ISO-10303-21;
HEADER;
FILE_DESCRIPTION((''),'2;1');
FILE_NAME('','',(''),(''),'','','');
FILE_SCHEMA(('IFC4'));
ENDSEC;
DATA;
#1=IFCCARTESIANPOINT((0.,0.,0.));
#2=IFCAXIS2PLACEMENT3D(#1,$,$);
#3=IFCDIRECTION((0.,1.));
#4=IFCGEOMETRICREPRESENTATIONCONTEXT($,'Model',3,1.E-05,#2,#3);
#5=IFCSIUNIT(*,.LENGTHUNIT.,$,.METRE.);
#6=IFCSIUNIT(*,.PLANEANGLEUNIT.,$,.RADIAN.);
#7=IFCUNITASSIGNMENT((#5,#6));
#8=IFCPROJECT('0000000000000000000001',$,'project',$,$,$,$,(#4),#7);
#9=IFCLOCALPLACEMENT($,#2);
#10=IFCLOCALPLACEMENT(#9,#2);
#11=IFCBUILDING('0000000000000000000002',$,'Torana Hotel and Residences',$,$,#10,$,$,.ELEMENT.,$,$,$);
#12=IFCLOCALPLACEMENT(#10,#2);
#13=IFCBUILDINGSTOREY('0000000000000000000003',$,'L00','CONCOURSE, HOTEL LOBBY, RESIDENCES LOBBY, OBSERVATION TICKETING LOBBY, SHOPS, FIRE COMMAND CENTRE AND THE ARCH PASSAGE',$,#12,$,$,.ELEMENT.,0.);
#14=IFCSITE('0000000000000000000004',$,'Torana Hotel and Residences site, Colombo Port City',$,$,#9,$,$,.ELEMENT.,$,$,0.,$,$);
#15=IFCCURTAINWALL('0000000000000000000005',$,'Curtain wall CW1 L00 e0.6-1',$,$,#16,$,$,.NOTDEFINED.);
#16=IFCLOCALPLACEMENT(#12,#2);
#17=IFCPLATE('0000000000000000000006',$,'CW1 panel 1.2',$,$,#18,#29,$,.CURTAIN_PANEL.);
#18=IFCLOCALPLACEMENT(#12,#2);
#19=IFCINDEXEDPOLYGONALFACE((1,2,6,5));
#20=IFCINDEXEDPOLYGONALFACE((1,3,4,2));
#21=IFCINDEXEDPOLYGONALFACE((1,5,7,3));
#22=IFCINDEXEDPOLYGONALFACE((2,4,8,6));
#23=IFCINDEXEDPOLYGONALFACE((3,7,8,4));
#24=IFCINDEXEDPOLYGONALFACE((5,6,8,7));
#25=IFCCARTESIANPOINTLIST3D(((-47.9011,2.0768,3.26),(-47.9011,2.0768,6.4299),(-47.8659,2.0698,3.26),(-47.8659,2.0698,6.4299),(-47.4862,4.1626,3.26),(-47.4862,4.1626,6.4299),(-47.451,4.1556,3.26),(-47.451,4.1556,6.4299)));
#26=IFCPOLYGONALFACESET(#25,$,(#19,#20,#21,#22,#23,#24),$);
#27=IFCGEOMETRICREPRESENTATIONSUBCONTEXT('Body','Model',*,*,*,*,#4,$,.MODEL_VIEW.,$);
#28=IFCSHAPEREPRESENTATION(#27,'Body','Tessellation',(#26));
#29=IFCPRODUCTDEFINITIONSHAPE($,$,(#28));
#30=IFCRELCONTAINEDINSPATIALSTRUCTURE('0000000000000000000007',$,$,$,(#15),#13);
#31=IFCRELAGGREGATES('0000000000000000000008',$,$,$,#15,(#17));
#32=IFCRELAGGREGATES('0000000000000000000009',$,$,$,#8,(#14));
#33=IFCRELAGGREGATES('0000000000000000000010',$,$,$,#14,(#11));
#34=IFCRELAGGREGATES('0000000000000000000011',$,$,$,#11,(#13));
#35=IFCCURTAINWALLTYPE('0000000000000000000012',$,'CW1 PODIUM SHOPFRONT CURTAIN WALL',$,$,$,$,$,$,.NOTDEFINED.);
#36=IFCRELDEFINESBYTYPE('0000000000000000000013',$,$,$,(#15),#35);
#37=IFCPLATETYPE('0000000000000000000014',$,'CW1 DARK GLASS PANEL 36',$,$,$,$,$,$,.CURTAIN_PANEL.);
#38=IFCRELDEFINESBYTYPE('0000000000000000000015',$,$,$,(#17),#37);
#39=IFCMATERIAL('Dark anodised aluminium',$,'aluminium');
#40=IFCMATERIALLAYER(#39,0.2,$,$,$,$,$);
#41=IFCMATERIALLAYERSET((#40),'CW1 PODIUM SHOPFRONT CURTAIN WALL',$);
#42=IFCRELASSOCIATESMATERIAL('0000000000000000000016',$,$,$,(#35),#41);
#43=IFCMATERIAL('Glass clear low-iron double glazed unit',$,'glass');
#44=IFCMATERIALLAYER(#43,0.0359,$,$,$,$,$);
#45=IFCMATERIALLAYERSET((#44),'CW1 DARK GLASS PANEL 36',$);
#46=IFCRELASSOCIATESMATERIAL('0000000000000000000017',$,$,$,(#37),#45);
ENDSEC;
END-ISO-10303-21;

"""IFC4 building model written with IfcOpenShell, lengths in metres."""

from ifc_helpers import new_model, si_unit, direction, frame, origin, origin_2d, place, context, subcontext, project, spatial, rectangle, extrude, material, layer, layer_set, type_object, element, aggregate, save


model = new_model("IFC4")

# Units and contexts
model_context = context("Model", 3, precision=1e-05, world=origin(), true_north=direction((0.0, 1.0)))
body_context = subcontext(model_context, "Body", "Model", "MODEL_VIEW")
ifc_project = project(units=[si_unit("LENGTHUNIT", "METRE"), si_unit("PLANEANGLEUNIT", "RADIAN")], contexts=[model_context])

# Site, building, storey
site_placement = place(None, origin())
site = spatial("IfcSite", under=ifc_project, at=site_placement, Name="Torana Hotel and Residences site, Colombo Port City", CompositionType="ELEMENT", RefElevation=0.0)
building_placement = place(site_placement, origin())
building = spatial("IfcBuilding", under=site, at=building_placement, Name="Torana Hotel and Residences", CompositionType="ELEMENT")
storey_placement = place(building_placement, origin())
storey = spatial("IfcBuildingStorey", under=building, at=storey_placement, Name="L00", Description="CONCOURSE, HOTEL LOBBY, RESIDENCES LOBBY, OBSERVATION TICKETING LOBBY, SHOPS, FIRE COMMAND CENTRE AND THE ARCH PASSAGE", CompositionType="ELEMENT", Elevation=0.0)

# Shared definitions
ifc_material_1 = material(Name="Dark anodised aluminium", Category="aluminium")
ifc_layer_1 = layer(ifc_material_1, 0.2)
ifc_layer_set_1 = layer_set([ifc_layer_1], Name="CW1 PODIUM SHOPFRONT CURTAIN WALL")
curtain_wall_type = type_object("IfcCurtainWallType", Name="CW1 PODIUM SHOPFRONT CURTAIN WALL", PredefinedType="NOTDEFINED", material=ifc_layer_set_1)

# Curtain wall
curtain_wall_1_placement = place(storey_placement, origin())
curtain_wall_1 = element("IfcCurtainWall", 1, at=curtain_wall_1_placement, inside=storey, type_object=curtain_wall_type, Name="Curtain wall CW1 L00 e0.6-1", PredefinedType="NOTDEFINED")

# Plate
ifc_material_2 = material(Name="Glass clear low-iron double glazed unit", Category="glass")
ifc_layer_2 = layer(ifc_material_2, 0.0359)
ifc_layer_set_2 = layer_set([ifc_layer_2], Name="CW1 DARK GLASS PANEL 36")
plate_type = type_object("IfcPlateType", Name="CW1 DARK GLASS PANEL 36", PredefinedType="CURTAIN_PANEL", material=ifc_layer_set_2)
plate_1_placement = place(storey_placement, frame((-47.676, 3.1162, 3.26), z_axis=(0.0, 0.0, 1.0), x_axis=(-0.195081, -0.980787, 0.0)))
plate_1 = element("IfcPlate", 2, at=plate_1_placement, type_object=plate_type, Name="CW1 panel 1.2", PredefinedType="CURTAIN_PANEL", context=body_context, shape_type="SweptSolid", body=[
    extrude(rectangle(XDim=2.1267, YDim=0.0359, at=origin_2d()), origin(), (0.0, 0.0, 1.0), 3.1699),
])
aggregate(curtain_wall_1, [plate_1])

save(model, "model.ifc")
